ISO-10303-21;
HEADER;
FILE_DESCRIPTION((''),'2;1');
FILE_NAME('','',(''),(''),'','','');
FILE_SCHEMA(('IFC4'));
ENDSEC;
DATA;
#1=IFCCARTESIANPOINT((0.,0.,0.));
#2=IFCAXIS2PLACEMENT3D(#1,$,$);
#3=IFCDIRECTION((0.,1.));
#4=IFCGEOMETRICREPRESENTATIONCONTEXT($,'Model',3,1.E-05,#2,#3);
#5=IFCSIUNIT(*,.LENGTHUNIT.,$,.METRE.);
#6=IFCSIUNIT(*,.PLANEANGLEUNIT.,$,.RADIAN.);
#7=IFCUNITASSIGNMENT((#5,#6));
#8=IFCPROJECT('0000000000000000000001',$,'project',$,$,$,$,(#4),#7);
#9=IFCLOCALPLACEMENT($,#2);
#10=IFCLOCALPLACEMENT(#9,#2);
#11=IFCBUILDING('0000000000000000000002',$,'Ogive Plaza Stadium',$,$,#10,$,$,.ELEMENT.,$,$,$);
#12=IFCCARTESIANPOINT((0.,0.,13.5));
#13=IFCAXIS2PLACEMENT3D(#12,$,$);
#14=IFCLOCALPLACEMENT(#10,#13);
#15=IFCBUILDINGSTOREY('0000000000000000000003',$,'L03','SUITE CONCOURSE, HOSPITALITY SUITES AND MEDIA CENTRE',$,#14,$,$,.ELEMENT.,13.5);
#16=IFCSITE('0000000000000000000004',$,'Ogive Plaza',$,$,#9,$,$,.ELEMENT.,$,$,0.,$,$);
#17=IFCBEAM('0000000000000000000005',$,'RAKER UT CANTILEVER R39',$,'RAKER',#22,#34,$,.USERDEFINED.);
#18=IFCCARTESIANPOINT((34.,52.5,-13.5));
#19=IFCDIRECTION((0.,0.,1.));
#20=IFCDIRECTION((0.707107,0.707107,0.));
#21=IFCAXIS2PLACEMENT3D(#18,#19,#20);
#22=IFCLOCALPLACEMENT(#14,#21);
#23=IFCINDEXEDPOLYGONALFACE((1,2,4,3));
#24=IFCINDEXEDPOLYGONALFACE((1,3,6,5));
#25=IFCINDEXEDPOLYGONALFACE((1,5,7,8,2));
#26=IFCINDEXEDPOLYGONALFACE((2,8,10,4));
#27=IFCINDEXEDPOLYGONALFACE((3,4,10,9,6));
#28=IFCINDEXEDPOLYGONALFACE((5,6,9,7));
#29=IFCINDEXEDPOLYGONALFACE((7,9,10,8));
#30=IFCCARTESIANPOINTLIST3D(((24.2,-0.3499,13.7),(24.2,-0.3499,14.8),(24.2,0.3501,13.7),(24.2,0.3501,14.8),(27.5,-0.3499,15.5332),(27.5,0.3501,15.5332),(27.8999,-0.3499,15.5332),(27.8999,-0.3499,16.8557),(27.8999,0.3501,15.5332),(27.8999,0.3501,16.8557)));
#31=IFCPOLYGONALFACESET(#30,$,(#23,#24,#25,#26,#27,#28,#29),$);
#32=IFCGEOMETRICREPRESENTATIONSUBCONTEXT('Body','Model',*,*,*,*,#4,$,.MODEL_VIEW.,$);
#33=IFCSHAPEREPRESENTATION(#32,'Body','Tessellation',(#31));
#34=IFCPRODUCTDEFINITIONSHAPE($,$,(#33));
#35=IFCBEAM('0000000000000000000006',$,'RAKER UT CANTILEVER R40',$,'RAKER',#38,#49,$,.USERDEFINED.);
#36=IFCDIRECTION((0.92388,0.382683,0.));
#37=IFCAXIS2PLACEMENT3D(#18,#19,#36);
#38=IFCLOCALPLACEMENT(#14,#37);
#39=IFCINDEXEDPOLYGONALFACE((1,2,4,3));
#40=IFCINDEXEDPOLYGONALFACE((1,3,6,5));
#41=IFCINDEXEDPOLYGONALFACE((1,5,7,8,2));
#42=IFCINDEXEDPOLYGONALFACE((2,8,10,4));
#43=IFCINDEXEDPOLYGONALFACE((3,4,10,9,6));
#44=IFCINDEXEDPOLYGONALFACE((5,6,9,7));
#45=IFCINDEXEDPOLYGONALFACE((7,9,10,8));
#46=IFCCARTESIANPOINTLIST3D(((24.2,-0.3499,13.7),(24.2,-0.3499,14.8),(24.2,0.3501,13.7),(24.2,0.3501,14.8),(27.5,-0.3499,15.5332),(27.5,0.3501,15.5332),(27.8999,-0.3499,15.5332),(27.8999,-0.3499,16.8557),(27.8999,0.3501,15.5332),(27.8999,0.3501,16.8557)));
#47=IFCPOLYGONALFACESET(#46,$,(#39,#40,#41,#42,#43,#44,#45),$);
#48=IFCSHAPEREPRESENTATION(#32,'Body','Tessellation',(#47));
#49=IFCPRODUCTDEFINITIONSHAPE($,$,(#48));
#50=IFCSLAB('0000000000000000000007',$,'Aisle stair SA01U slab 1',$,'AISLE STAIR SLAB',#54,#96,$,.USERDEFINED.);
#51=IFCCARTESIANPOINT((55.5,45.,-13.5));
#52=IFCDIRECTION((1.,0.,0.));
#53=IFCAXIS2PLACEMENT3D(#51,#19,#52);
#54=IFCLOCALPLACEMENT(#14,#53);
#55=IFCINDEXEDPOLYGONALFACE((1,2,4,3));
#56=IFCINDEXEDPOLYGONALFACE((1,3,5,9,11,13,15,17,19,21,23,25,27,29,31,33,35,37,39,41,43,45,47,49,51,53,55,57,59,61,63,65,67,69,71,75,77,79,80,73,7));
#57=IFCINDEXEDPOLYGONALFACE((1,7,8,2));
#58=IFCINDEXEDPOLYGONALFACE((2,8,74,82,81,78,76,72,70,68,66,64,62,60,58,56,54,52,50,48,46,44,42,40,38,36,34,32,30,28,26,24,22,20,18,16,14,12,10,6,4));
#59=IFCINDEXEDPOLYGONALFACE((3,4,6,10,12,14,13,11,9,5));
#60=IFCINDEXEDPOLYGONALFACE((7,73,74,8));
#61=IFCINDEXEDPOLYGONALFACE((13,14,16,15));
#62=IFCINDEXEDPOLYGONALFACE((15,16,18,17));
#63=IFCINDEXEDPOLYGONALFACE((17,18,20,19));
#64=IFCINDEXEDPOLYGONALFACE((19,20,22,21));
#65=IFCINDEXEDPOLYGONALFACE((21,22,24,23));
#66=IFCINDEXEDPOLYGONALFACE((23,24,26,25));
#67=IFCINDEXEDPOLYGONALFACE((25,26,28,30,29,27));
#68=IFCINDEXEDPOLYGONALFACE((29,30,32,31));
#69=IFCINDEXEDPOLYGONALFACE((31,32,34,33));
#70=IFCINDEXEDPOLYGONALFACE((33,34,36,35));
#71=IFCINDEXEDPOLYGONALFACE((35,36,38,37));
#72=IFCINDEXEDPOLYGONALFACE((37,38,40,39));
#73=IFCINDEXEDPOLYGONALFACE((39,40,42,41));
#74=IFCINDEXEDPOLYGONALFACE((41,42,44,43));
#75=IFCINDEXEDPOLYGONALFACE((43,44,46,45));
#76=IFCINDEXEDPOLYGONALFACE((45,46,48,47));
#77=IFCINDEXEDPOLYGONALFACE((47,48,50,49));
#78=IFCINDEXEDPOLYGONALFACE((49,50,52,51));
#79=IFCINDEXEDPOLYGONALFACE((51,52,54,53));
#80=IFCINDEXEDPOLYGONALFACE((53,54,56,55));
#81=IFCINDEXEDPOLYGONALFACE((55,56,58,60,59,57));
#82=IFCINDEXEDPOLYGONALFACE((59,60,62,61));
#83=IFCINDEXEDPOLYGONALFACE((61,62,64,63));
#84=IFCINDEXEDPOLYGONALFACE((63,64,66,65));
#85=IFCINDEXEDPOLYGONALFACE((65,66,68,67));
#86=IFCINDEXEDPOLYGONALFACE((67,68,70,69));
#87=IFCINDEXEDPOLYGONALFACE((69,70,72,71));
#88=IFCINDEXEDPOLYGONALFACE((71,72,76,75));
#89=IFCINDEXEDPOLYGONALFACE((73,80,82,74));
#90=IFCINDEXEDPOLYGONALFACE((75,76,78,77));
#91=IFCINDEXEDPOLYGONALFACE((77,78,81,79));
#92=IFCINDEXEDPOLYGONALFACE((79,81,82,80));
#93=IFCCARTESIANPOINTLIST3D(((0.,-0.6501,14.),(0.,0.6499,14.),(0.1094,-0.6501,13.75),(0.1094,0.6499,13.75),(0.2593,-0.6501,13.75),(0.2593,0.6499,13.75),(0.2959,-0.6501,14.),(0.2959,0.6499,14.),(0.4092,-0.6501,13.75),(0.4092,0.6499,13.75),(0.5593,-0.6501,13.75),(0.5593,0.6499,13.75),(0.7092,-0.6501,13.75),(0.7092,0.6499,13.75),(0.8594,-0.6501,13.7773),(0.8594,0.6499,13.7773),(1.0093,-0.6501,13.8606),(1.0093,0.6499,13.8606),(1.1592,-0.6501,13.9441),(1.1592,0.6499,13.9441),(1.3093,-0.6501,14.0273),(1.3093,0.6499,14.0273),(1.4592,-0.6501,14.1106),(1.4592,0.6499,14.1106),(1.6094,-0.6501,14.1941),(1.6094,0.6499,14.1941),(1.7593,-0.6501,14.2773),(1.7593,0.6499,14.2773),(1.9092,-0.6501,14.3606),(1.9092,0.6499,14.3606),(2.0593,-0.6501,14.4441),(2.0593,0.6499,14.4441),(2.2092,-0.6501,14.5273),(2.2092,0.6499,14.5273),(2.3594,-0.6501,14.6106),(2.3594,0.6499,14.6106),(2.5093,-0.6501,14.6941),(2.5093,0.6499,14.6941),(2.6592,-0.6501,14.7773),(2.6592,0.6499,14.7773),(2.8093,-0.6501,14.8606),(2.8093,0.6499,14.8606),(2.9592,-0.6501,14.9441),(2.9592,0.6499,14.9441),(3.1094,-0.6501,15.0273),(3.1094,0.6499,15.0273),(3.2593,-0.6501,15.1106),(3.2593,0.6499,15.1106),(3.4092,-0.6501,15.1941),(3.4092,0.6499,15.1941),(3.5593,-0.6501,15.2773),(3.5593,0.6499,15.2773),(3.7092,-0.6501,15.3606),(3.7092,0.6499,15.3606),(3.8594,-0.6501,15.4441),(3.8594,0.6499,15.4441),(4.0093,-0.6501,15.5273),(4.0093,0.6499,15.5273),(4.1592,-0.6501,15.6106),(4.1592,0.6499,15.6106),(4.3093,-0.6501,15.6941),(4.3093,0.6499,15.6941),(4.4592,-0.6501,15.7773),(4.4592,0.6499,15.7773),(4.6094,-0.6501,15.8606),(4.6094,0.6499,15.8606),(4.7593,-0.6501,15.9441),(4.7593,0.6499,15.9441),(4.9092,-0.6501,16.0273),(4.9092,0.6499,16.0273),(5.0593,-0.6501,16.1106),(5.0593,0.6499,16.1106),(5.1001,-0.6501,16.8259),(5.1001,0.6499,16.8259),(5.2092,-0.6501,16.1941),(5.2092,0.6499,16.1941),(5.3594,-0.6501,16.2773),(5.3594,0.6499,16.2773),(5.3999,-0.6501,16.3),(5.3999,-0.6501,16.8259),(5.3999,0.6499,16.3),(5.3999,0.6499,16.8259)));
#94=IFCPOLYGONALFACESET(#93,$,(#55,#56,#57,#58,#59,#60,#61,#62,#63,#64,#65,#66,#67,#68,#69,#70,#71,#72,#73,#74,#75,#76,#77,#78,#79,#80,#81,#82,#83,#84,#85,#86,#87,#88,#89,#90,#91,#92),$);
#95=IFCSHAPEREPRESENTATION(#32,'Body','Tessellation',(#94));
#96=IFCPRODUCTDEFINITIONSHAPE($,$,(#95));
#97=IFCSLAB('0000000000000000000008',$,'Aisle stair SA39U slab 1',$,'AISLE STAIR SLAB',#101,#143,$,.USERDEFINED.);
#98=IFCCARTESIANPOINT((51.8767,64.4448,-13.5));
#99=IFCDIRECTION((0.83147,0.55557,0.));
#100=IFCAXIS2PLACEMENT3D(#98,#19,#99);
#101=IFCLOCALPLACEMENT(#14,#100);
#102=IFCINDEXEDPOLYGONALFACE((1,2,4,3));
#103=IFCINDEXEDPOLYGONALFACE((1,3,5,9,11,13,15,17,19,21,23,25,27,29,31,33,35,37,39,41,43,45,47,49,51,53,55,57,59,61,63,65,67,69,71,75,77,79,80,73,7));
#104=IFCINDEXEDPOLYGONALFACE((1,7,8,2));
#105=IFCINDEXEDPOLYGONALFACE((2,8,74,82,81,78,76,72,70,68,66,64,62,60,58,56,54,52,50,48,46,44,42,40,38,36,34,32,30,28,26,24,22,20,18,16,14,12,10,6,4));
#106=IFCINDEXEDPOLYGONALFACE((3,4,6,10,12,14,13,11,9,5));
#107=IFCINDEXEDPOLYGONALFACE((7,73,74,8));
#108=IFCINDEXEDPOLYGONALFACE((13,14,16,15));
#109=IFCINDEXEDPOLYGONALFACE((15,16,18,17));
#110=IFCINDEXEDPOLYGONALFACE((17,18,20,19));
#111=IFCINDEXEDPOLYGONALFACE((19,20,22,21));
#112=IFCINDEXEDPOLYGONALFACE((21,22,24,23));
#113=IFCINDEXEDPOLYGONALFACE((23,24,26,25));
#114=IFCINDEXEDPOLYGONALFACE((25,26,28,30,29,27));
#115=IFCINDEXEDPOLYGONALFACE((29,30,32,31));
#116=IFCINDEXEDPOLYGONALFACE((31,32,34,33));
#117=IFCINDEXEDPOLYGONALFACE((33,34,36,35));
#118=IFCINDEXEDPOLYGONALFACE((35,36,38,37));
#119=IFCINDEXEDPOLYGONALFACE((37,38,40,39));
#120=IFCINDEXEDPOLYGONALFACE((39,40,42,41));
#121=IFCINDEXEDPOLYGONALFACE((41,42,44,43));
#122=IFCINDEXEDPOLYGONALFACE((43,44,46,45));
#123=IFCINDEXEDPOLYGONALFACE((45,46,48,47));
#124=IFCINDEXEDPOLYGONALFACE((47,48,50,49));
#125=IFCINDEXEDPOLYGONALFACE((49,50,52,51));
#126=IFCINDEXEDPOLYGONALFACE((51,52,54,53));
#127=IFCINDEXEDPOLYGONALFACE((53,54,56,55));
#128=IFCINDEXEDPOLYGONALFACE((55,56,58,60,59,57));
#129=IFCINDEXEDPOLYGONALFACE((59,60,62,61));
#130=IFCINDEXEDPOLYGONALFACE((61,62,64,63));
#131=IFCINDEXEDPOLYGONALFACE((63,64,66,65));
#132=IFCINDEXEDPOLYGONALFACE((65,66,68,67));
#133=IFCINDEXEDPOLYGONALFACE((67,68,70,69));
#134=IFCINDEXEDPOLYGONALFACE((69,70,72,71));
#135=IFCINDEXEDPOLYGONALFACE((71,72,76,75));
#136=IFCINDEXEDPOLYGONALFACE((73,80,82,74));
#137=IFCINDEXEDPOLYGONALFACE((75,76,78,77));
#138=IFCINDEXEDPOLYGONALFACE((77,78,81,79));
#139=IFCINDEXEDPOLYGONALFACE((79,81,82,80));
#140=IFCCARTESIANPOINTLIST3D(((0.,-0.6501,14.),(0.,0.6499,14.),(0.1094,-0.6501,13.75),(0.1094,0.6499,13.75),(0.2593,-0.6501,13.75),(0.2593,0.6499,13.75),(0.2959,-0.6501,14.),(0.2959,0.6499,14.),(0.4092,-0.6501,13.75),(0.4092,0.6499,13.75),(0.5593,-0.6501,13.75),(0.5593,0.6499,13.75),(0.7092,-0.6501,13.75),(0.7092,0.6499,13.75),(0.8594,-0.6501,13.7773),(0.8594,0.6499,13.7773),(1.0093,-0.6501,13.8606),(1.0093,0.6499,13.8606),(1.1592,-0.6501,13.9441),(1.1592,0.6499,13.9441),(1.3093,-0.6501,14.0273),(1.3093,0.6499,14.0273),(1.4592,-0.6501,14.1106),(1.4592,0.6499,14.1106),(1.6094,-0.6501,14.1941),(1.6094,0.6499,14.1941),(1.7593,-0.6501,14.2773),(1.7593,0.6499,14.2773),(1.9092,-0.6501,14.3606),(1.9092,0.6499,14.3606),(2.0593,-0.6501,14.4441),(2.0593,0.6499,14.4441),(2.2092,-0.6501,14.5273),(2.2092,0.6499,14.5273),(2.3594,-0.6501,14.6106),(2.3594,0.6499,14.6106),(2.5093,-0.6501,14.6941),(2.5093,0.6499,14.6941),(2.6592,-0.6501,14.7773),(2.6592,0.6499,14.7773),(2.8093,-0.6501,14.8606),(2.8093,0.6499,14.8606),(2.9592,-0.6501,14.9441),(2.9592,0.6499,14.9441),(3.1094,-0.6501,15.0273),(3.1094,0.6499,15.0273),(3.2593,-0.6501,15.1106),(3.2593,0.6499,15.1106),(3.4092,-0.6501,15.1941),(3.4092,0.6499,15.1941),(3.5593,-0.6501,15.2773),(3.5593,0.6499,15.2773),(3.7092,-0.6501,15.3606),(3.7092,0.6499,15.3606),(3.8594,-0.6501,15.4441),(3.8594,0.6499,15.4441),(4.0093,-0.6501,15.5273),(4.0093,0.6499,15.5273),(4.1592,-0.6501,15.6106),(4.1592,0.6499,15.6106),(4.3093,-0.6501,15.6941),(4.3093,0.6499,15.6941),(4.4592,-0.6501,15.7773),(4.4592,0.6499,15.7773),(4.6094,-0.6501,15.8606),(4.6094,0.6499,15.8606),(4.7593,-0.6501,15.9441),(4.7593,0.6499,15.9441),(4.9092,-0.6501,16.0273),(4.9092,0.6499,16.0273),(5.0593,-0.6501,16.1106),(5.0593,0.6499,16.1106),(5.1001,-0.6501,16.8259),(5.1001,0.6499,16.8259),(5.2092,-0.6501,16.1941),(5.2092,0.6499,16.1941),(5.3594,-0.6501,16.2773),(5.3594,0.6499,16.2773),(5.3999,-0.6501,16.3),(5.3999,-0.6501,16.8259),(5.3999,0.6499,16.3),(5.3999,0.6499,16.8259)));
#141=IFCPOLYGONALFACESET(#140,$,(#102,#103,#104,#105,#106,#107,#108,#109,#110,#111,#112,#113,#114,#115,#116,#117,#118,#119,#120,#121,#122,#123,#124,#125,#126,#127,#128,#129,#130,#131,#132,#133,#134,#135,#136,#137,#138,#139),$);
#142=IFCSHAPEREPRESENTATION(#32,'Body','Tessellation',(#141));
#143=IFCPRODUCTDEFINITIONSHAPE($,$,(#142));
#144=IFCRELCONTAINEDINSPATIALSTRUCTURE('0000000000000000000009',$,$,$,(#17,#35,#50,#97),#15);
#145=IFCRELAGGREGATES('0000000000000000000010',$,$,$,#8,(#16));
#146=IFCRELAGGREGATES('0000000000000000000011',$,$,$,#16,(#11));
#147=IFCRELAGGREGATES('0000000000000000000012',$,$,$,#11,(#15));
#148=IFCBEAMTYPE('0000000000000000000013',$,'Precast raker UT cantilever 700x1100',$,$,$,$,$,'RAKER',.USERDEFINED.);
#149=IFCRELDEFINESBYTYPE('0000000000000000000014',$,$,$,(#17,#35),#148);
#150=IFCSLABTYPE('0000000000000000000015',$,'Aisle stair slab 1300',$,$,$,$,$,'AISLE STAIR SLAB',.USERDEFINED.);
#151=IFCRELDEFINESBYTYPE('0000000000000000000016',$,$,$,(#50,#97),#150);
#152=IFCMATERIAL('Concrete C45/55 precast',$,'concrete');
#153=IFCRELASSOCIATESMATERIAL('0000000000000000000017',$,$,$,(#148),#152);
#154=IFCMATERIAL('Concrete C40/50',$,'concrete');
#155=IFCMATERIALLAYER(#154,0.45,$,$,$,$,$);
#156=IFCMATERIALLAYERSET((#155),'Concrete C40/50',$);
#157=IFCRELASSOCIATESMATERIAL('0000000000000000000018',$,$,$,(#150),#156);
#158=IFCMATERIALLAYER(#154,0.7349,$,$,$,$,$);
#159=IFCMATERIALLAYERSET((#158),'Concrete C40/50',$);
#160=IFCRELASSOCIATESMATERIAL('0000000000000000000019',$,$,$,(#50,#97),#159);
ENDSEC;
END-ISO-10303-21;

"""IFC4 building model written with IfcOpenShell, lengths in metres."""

from ifc_helpers import new_model, si_unit, direction, frame, origin, origin_2d, place, context, subcontext, project, spatial, polyline, rectangle, outline, extrude, material, layer, layer_set, material_profile, profile_set, type_object, element, save


model = new_model("IFC4")

# Units and contexts
model_context = context("Model", 3, precision=1e-05, world=origin(), true_north=direction((0.0, 1.0)))
body_context = subcontext(model_context, "Body", "Model", "MODEL_VIEW")
ifc_project = project(units=[si_unit("LENGTHUNIT", "METRE"), si_unit("PLANEANGLEUNIT", "RADIAN")], contexts=[model_context])

# Site, building, storey
site_placement = place(None, origin())
site = spatial("IfcSite", under=ifc_project, at=site_placement, Name="Ogive Plaza", CompositionType="ELEMENT", RefElevation=0.0)
building_placement = place(site_placement, origin())
building = spatial("IfcBuilding", under=site, at=building_placement, Name="Ogive Plaza Stadium", CompositionType="ELEMENT")
storey_placement = place(building_placement, frame((0.0, 0.0, 13.5)))
storey = spatial("IfcBuildingStorey", under=building, at=storey_placement, Name="L03", Description="SUITE CONCOURSE, HOSPITALITY SUITES AND MEDIA CENTRE", CompositionType="ELEMENT", Elevation=13.5)

# Beams
ifc_material_1 = material(Name="Concrete C45/55 precast", Category="concrete")
ifc_material_profile_1 = material_profile(ifc_material_1, rectangle(XDim=0.7, YDim=1.1001, at=origin_2d()), Name="RC 700x1100")
ifc_profile_set_1 = profile_set([ifc_material_profile_1], Name="Concrete C45/55 precast")
beam_type_1 = type_object("IfcBeamType", Name="Precast raker UT cantilever 700x1100", ElementType="RAKER", PredefinedType="USERDEFINED", material=ifc_profile_set_1)
for number, where, z_axis, x_axis, name in (
    (1, (34.0, 52.5, -13.5), (0.0, 0.0, 1.0), (0.707107, 0.707107, 0.0), "RAKER UT CANTILEVER R39"),
    (2, (34.0, 52.5, -13.5), (0.0, 0.0, 1.0), (0.92388, 0.382683, 0.0), "RAKER UT CANTILEVER R40"),
):
    element("IfcBeam", number, at=place(storey_placement, frame(where, z_axis=z_axis, x_axis=x_axis)), inside=storey, type_object=beam_type_1, Name=name, ObjectType="RAKER", PredefinedType="USERDEFINED", context=body_context, shape_type="SweptSolid", body=[
        extrude(outline(polyline([(24.2, 13.7), (27.5, 15.5332), (27.8999, 15.5332), (27.8999, 16.8557), (24.2, 14.8), (24.2, 13.7)])), frame((0.0, 0.3501, 0.0), z_axis=(0.0, -1.0, 0.0), x_axis=(1.0, 0.0, 0.0)), (0.0, 0.0, 1.0), 0.7),
    ])

# Slabs
ifc_material_2 = material(Name="Concrete C40/50", Category="concrete")
ifc_layer_1 = layer(ifc_material_2, 0.7349)
ifc_layer_set_1 = layer_set([ifc_layer_1], Name="Concrete C40/50")
ifc_layer_2 = layer(ifc_material_2, 0.45)
ifc_layer_set_2 = layer_set([ifc_layer_2], Name="Concrete C40/50")
slab_type = type_object("IfcSlabType", Name="Aisle stair slab 1300", ElementType="AISLE STAIR SLAB", PredefinedType="USERDEFINED", material=ifc_layer_set_2)
for number, where, z_axis, x_axis, name in (
    (3, (55.5, 45.0, -13.5), (0.0, 0.0, 1.0), (1.0, 0.0, 0.0), "Aisle stair SA01U slab 1"),
    (4, (51.8767, 64.4448, -13.5), (0.0, 0.0, 1.0), (0.83147, 0.55557, 0.0), "Aisle stair SA39U slab 1"),
):
    element("IfcSlab", number, at=place(storey_placement, frame(where, z_axis=z_axis, x_axis=x_axis)), inside=storey, type_object=slab_type, material=ifc_layer_set_1, Name=name, ObjectType="AISLE STAIR SLAB", PredefinedType="USERDEFINED", context=body_context, shape_type="SweptSolid", body=[
        extrude(outline(polyline([(0.0, 14.0), (0.2959, 14.0), (5.1001, 16.8259), (5.3999, 16.8259), (5.3999, 16.3), (5.3594, 16.2773), (5.2092, 16.1941), (5.0593, 16.1106), (4.9092, 16.0273), (4.7593, 15.9441), (4.6094, 15.8606), (4.4592, 15.7773), (4.3093, 15.6941), (4.1592, 15.6106), (4.0093, 15.5273), (3.8594, 15.4441), (3.7092, 15.3606), (3.5593, 15.2773), (3.4092, 15.1941), (3.2593, 15.1106), (3.1094, 15.0273), (2.9592, 14.9441), (2.8093, 14.8606), (2.6592, 14.7773), (2.5093, 14.6941), (2.3594, 14.6106), (2.2092, 14.5273), (2.0593, 14.4441), (1.9092, 14.3606), (1.7593, 14.2773), (1.6094, 14.1941), (1.4592, 14.1106), (1.3093, 14.0273), (1.1592, 13.9441), (1.0093, 13.8606), (0.8594, 13.7773), (0.7092, 13.75), (0.5593, 13.75), (0.4092, 13.75), (0.2593, 13.75), (0.1094, 13.75), (0.0, 14.0)])), frame((0.0, 0.6499, 0.0), z_axis=(0.0, -1.0, 0.0), x_axis=(1.0, 0.0, 0.0)), (0.0, 0.0, 1.0), 1.3),
    ])

save(model, "model.ifc")
